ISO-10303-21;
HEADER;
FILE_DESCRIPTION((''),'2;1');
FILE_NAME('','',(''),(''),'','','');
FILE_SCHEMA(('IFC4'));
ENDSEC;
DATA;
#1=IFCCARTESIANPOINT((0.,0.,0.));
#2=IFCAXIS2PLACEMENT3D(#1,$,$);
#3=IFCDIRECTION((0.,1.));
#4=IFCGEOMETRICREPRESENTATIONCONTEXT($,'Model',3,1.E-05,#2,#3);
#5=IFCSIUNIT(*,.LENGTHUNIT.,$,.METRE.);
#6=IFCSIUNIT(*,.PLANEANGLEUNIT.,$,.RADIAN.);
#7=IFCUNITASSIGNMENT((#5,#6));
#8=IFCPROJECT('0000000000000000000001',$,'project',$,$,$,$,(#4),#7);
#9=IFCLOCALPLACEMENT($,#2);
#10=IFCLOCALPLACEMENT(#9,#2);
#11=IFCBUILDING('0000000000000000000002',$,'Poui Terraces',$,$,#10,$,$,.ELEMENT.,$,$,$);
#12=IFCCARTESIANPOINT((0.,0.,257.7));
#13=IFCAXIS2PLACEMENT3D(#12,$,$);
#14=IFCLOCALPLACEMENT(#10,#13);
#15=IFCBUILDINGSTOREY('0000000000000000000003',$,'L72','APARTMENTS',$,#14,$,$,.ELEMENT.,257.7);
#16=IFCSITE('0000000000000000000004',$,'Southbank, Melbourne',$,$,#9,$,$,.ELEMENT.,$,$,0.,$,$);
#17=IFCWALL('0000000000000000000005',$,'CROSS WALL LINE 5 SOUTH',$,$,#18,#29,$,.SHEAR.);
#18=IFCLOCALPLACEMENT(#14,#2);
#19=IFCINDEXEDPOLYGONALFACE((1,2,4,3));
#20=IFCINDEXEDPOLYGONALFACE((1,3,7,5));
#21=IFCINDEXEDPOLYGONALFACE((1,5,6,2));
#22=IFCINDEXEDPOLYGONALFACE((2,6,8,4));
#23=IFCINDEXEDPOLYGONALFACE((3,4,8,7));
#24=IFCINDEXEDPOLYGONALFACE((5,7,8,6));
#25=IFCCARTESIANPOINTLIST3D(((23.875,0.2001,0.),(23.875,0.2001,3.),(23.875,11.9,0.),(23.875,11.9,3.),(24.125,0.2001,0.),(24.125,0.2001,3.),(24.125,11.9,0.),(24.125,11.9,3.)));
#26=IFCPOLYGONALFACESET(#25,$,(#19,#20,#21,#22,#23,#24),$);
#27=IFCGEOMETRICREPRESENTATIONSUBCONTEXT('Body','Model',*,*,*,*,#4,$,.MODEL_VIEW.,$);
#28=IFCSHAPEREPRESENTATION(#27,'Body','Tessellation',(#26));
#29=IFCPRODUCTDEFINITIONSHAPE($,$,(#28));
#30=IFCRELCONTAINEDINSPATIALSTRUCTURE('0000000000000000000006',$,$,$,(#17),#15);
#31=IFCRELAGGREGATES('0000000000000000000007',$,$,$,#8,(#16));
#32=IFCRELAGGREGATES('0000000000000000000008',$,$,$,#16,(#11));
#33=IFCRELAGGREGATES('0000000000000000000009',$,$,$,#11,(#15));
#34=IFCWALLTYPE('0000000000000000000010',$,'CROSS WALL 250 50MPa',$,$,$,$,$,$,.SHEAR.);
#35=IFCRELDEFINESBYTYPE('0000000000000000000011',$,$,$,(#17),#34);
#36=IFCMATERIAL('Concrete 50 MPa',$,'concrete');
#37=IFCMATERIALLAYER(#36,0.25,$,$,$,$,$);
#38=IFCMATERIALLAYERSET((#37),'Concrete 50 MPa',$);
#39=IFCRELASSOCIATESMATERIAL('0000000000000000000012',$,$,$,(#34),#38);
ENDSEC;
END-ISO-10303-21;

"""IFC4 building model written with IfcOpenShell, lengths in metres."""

from ifc_helpers import new_model, si_unit, direction, frame, frame_2d, origin, place, context, subcontext, project, spatial, rectangle, extrude, material, layer, layer_set, type_object, element, save


model = new_model("IFC4")

# Units and contexts
model_context = context("Model", 3, precision=1e-05, world=origin(), true_north=direction((0.0, 1.0)))
body_context = subcontext(model_context, "Body", "Model", "MODEL_VIEW")
ifc_project = project(units=[si_unit("LENGTHUNIT", "METRE"), si_unit("PLANEANGLEUNIT", "RADIAN")], contexts=[model_context])

# Site, building, storey
site_placement = place(None, origin())
site = spatial("IfcSite", under=ifc_project, at=site_placement, Name="Southbank, Melbourne", CompositionType="ELEMENT", RefElevation=0.0)
building_placement = place(site_placement, origin())
building = spatial("IfcBuilding", under=site, at=building_placement, Name="Poui Terraces", CompositionType="ELEMENT")
storey_placement = place(building_placement, frame((0.0, 0.0, 257.7)))
storey = spatial("IfcBuildingStorey", under=building, at=storey_placement, Name="L72", Description="APARTMENTS", CompositionType="ELEMENT", Elevation=257.7)

# Wall
ifc_material_1 = material(Name="Concrete 50 MPa", Category="concrete")
ifc_layer_1 = layer(ifc_material_1, 0.25)
ifc_layer_set_1 = layer_set([ifc_layer_1], Name="Concrete 50 MPa")
wall_type_1 = type_object("IfcWallType", Name="CROSS WALL 250 50MPa", PredefinedType="SHEAR", material=ifc_layer_set_1)
wall_1_placement = place(storey_placement, frame((24.0, 0.2, 0.0), z_axis=(0.0, 0.0, 1.0), x_axis=(0.0, 1.0, 0.0)))
element("IfcWall", 1, at=wall_1_placement, inside=storey, type_object=wall_type_1, Name="CROSS WALL LINE 5 SOUTH", PredefinedType="SHEAR", context=body_context, shape_type="SweptSolid", body=[
    extrude(rectangle(XDim=11.7, YDim=0.25, at=frame_2d((5.8501, 0.0))), origin(), (0.0, 0.0, 1.0), 3.0),
])

save(model, "model.ifc")
